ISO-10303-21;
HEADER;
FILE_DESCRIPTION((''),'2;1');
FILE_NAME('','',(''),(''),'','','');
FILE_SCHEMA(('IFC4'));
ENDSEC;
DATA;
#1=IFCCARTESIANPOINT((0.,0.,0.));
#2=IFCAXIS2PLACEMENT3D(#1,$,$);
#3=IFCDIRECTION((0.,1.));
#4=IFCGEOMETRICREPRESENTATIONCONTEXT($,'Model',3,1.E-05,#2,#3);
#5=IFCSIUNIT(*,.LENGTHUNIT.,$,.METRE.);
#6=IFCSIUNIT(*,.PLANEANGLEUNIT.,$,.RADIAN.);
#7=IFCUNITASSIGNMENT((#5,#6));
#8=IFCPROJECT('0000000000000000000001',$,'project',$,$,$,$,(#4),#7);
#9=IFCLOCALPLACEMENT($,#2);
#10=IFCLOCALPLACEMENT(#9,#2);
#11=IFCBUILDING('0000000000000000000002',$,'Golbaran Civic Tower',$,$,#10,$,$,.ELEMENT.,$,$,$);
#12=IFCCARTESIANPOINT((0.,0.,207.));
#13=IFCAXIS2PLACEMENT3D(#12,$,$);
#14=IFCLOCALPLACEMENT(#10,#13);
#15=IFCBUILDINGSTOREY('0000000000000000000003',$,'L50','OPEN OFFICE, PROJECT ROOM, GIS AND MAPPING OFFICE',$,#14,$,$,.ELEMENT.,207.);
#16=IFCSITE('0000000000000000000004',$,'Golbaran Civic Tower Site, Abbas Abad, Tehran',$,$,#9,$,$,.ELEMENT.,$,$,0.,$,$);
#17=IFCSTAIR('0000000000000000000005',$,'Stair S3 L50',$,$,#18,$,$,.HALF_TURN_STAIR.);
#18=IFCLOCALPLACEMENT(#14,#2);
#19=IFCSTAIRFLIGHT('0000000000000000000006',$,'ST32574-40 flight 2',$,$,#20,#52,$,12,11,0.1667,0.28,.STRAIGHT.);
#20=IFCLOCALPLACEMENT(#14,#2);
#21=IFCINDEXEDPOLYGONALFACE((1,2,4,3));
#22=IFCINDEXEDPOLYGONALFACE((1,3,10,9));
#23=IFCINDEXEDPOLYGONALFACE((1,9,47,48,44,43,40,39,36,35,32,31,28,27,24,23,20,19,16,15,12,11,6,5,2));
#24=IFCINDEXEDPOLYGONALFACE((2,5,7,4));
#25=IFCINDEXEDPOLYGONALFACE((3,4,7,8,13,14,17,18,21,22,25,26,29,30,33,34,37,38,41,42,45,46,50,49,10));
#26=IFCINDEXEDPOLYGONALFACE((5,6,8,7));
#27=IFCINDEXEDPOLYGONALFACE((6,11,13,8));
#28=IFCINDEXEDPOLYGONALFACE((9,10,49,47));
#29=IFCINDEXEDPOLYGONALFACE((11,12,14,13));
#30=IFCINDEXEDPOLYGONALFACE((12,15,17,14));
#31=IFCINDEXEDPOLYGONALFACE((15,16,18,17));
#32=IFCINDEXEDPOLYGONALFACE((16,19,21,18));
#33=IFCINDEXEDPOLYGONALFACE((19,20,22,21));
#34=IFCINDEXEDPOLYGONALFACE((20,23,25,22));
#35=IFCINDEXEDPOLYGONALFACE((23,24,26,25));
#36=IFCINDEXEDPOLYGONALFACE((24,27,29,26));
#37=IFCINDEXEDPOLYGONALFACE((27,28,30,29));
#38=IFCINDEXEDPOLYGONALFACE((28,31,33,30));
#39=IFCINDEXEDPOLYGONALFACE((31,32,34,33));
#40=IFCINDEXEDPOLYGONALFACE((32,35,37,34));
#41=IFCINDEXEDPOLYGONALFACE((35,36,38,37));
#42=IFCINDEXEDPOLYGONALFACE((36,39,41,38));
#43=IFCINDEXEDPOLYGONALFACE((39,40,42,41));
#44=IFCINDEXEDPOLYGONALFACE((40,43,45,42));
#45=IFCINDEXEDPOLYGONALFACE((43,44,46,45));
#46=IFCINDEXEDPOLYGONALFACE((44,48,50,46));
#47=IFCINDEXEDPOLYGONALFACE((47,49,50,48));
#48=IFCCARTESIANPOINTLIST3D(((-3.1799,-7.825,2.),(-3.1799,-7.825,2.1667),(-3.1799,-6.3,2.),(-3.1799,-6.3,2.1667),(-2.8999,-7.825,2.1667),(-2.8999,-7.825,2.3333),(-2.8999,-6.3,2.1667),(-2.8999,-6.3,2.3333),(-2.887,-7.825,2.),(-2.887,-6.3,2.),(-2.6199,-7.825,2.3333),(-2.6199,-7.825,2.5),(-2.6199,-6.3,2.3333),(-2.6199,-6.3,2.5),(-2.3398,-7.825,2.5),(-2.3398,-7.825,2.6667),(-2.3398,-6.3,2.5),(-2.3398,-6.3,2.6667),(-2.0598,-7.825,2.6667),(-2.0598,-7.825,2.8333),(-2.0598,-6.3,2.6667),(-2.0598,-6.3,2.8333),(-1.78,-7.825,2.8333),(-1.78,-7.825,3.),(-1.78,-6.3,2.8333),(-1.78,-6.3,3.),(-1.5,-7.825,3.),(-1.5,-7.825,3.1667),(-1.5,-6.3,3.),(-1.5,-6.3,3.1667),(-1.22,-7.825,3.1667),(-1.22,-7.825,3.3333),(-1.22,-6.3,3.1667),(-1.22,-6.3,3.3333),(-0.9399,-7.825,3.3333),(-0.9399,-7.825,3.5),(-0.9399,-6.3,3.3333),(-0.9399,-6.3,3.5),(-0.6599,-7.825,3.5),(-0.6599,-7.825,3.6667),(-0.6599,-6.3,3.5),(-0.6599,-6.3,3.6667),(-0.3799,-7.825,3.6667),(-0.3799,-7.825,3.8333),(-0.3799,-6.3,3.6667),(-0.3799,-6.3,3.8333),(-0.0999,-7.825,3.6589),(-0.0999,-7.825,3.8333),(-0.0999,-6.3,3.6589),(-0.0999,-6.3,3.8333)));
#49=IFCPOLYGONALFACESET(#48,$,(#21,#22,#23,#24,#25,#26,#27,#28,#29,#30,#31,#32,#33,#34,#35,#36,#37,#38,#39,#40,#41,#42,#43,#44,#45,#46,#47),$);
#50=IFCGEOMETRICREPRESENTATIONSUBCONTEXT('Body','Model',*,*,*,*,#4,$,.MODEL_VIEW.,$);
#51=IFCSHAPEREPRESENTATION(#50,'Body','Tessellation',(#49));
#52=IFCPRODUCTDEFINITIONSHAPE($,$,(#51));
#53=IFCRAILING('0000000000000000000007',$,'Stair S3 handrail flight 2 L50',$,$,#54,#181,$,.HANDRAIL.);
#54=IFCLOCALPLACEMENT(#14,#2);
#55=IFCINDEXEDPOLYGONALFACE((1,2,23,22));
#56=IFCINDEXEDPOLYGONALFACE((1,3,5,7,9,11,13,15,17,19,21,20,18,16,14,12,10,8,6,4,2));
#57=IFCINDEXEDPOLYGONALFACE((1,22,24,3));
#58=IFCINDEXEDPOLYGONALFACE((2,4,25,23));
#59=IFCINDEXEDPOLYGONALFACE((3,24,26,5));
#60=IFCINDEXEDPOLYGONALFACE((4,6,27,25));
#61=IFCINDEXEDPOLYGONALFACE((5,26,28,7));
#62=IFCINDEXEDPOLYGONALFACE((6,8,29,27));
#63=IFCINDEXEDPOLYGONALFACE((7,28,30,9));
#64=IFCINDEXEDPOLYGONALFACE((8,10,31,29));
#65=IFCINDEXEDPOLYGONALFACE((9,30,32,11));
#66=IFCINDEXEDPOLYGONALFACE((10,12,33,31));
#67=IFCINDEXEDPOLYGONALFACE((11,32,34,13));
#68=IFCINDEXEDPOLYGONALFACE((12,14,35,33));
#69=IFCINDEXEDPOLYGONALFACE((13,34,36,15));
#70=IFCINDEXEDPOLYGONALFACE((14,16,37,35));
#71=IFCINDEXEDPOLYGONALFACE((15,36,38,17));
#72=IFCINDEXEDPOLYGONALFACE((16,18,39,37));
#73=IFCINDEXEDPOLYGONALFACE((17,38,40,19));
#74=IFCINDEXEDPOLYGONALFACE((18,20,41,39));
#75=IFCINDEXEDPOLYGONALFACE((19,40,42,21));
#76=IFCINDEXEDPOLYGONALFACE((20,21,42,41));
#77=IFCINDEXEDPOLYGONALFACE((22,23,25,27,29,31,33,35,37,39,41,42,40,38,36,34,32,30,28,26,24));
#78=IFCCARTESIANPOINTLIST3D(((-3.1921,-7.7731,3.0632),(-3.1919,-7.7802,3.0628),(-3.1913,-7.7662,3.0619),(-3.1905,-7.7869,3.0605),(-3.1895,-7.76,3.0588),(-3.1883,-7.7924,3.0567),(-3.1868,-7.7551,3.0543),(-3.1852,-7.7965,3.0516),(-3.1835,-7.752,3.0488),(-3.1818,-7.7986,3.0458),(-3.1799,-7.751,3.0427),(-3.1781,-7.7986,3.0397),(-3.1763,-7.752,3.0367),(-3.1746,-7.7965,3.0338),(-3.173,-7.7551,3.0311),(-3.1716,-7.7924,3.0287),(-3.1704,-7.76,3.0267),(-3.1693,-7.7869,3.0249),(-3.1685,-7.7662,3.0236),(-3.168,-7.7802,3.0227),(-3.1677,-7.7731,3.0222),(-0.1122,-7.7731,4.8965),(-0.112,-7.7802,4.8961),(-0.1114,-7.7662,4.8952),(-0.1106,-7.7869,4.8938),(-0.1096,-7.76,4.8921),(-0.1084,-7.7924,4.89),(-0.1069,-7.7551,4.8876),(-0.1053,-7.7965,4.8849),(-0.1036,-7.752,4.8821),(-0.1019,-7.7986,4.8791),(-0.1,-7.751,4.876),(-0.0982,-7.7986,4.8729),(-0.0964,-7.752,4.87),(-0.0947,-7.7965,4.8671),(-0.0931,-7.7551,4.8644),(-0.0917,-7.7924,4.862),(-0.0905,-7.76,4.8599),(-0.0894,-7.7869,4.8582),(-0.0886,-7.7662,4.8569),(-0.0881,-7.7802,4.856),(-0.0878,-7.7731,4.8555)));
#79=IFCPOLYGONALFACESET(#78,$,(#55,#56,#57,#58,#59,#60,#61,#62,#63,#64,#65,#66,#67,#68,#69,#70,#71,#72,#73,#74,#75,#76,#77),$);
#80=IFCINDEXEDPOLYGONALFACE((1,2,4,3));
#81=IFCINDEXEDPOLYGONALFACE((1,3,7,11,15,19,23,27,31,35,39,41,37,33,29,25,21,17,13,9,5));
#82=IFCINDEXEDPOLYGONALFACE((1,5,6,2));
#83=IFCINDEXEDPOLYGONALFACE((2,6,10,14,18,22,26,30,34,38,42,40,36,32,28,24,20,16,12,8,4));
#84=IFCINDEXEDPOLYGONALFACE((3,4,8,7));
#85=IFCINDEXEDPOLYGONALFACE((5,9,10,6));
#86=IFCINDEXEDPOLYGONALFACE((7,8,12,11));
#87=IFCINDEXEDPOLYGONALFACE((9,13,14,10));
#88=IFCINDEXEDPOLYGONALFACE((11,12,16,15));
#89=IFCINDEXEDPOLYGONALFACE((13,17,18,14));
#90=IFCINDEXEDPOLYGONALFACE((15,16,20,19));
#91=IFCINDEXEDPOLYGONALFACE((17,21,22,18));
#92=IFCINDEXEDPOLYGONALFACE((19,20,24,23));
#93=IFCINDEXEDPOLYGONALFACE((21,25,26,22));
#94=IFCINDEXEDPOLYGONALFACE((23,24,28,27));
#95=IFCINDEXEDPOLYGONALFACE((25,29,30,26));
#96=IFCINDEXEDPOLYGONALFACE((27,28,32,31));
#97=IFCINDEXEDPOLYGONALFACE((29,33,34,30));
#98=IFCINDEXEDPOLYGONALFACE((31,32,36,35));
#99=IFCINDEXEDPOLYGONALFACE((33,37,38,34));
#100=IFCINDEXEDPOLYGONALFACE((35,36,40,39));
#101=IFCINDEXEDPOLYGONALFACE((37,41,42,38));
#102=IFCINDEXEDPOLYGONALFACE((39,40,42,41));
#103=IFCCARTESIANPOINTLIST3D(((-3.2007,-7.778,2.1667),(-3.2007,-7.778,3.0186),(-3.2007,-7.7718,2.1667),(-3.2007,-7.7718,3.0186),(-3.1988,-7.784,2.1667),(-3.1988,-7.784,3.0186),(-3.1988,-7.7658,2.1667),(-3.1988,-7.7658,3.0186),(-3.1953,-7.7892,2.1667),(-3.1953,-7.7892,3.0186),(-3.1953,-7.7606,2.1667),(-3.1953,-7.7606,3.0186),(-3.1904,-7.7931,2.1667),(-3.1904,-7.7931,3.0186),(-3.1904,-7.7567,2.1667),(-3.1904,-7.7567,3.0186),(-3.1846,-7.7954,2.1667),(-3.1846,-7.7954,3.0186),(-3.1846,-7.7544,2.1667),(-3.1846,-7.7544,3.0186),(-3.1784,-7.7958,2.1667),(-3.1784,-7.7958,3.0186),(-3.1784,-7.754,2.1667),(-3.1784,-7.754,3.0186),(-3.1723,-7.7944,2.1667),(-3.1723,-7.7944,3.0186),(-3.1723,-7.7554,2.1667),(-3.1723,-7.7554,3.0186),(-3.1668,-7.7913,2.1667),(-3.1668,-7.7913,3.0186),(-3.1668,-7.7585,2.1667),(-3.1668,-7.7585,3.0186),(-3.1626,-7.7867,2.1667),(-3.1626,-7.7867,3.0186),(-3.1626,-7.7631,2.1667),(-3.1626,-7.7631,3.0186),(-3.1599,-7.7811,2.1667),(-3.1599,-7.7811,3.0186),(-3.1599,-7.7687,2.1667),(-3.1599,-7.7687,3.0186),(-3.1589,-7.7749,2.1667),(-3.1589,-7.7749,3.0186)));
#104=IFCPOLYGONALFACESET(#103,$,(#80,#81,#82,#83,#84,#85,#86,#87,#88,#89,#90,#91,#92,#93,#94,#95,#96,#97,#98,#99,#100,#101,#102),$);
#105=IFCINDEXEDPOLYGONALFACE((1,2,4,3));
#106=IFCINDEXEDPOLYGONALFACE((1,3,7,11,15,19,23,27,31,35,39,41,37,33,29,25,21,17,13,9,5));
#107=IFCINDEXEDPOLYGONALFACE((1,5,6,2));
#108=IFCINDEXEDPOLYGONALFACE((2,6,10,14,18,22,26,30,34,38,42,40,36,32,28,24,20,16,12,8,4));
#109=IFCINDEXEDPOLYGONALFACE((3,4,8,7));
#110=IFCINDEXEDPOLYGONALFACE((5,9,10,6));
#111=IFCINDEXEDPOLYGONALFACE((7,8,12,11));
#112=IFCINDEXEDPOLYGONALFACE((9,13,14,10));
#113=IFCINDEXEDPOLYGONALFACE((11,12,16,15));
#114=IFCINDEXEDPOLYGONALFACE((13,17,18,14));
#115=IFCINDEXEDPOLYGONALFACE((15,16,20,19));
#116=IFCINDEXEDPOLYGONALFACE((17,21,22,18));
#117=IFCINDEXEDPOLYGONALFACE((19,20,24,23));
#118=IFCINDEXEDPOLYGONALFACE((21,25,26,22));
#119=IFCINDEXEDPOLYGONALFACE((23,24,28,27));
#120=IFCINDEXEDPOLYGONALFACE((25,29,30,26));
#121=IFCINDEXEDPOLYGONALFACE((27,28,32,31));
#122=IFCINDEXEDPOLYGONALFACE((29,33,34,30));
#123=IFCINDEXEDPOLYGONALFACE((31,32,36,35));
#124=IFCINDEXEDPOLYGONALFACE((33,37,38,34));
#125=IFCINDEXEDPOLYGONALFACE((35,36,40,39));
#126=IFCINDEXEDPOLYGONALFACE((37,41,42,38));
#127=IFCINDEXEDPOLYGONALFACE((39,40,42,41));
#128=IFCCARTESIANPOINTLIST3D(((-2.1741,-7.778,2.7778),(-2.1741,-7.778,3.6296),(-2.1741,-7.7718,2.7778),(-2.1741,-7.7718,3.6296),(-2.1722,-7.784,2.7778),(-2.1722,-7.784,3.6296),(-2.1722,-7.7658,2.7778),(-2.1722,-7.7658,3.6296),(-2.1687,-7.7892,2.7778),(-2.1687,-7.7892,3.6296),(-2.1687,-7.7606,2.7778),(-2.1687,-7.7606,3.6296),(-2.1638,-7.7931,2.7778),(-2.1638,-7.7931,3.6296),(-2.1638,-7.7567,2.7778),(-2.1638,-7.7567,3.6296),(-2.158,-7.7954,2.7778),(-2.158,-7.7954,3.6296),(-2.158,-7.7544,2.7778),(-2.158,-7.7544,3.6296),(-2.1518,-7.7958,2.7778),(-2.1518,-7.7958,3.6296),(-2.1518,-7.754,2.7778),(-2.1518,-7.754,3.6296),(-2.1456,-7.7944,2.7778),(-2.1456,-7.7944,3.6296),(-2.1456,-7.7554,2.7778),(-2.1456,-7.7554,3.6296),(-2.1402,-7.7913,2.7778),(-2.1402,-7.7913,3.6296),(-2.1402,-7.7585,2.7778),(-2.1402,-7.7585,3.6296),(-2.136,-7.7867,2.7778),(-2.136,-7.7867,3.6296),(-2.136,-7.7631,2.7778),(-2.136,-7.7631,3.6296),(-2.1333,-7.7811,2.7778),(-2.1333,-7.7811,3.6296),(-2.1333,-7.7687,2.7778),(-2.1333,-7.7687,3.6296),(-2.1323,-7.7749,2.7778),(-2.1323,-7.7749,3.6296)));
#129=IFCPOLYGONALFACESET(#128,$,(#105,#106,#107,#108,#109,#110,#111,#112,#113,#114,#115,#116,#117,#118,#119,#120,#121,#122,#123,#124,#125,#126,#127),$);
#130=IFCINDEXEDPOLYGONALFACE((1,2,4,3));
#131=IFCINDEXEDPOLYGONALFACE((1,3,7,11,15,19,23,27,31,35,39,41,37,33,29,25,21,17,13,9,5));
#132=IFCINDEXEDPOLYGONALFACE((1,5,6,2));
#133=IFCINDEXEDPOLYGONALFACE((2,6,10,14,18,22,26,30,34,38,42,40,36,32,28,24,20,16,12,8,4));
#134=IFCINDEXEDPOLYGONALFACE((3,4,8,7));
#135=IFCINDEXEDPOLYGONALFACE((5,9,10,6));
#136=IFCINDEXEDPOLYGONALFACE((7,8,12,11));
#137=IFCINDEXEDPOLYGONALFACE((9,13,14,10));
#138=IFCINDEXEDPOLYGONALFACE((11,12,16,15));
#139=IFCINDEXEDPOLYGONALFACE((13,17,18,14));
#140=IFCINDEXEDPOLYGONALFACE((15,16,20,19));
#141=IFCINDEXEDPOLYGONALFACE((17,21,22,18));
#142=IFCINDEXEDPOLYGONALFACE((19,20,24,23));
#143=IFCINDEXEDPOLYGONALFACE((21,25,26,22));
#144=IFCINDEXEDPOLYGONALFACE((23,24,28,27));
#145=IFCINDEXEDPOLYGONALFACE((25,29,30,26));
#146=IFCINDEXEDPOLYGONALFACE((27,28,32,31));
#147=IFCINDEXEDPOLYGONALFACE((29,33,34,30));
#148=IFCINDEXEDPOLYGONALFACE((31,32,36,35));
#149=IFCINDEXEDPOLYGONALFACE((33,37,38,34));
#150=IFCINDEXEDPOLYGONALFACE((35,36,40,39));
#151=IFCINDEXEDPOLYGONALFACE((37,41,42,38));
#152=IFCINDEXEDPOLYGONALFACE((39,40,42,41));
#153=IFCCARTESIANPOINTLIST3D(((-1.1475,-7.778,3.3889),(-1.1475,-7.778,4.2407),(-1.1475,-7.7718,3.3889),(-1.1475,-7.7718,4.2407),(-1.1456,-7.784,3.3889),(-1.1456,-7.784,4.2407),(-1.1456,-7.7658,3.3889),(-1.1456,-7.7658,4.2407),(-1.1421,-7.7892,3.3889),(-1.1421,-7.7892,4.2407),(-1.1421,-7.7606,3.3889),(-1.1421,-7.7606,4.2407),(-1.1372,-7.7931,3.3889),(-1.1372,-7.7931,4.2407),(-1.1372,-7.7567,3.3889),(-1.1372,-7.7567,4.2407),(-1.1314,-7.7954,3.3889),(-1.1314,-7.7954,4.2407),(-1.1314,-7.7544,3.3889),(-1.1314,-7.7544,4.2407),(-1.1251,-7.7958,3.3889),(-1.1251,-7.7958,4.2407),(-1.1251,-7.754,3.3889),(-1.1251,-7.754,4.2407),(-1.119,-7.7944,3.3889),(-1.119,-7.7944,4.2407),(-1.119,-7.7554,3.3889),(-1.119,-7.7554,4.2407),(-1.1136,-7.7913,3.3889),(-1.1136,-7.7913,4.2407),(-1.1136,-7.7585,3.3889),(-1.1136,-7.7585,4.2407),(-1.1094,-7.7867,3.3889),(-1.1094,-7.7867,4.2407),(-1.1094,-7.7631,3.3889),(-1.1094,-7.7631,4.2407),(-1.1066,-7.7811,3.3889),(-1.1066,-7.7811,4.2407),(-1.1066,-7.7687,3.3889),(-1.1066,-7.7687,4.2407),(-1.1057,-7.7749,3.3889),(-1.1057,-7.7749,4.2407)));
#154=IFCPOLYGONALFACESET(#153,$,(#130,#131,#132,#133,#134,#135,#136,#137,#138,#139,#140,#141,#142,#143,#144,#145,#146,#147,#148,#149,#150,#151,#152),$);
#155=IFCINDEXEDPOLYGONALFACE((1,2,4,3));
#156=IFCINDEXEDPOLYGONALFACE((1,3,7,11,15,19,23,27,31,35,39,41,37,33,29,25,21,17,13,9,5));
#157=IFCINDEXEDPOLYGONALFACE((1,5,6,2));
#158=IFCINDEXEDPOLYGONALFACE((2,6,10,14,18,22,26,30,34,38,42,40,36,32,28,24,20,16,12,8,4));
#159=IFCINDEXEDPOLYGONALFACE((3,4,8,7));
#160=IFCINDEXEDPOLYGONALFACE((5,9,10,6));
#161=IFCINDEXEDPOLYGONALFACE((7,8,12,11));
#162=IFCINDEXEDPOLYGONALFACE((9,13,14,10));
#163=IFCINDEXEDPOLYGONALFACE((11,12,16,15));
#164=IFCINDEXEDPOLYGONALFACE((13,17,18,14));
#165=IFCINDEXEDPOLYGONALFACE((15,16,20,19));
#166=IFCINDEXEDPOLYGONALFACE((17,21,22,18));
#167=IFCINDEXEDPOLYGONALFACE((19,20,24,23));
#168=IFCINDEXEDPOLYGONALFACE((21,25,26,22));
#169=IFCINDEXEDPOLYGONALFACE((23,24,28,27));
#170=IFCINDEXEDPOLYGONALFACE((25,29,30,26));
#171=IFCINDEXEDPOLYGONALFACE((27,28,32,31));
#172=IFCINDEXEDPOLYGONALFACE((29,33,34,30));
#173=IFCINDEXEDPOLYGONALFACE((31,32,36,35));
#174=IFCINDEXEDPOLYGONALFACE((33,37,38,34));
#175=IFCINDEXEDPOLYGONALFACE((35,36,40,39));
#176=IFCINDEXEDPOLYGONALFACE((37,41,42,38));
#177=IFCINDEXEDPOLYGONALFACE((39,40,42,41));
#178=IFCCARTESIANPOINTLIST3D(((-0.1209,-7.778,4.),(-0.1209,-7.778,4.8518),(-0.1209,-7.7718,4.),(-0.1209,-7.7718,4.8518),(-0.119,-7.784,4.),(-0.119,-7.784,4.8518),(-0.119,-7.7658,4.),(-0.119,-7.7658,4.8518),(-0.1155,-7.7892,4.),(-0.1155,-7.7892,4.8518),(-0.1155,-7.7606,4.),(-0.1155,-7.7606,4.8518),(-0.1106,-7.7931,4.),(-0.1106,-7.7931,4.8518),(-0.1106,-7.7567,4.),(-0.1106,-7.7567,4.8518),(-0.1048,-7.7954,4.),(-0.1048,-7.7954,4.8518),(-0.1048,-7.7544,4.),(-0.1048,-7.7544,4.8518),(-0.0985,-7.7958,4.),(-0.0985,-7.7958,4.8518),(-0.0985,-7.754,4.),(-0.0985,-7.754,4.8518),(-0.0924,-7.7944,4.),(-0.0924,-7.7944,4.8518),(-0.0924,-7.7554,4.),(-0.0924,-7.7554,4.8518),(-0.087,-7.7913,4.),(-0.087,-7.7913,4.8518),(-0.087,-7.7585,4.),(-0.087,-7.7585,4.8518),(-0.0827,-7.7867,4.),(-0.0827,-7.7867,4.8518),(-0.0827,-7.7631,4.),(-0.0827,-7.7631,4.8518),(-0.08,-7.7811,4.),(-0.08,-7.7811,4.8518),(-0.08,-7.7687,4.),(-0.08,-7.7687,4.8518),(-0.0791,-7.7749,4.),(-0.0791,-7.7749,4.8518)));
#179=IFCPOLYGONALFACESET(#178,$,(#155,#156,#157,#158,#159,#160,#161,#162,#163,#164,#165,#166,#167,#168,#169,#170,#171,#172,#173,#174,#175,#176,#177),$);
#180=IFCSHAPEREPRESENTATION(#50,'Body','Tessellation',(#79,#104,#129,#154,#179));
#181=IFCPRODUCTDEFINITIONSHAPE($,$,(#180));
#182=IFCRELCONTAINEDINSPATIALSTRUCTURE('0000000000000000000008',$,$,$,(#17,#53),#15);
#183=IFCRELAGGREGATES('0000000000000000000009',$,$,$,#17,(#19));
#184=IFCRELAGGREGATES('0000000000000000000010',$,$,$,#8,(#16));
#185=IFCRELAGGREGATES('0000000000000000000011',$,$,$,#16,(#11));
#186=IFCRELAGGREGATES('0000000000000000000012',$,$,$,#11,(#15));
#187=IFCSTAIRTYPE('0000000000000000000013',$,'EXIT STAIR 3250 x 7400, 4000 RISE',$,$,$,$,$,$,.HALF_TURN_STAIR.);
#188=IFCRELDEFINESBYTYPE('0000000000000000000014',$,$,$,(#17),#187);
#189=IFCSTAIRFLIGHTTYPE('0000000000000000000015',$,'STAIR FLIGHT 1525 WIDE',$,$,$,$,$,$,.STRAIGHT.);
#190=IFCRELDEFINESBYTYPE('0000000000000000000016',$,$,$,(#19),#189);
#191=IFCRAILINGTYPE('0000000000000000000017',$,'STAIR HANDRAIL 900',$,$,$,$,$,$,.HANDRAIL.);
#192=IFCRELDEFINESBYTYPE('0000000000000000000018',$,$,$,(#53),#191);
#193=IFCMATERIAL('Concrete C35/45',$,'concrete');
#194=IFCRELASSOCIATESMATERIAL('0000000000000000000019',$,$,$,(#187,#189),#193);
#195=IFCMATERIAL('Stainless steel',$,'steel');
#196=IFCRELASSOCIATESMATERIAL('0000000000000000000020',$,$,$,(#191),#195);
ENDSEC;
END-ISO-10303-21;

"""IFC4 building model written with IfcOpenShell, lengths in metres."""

from ifc_helpers import new_model, si_unit, direction, frame, origin, origin_2d, place, context, subcontext, project, spatial, polyline, circle, outline, extrude, material, type_object, element, aggregate, save


model = new_model("IFC4")

# Units and contexts
model_context = context("Model", 3, precision=1e-05, world=origin(), true_north=direction((0.0, 1.0)))
body_context = subcontext(model_context, "Body", "Model", "MODEL_VIEW")
ifc_project = project(units=[si_unit("LENGTHUNIT", "METRE"), si_unit("PLANEANGLEUNIT", "RADIAN")], contexts=[model_context])

# Site, building, storey
site_placement = place(None, origin())
site = spatial("IfcSite", under=ifc_project, at=site_placement, Name="Golbaran Civic Tower Site, Abbas Abad, Tehran", CompositionType="ELEMENT", RefElevation=0.0)
building_placement = place(site_placement, origin())
building = spatial("IfcBuilding", under=site, at=building_placement, Name="Golbaran Civic Tower", CompositionType="ELEMENT")
storey_placement = place(building_placement, frame((0.0, 0.0, 207.0)))
storey = spatial("IfcBuildingStorey", under=building, at=storey_placement, Name="L50", Description="OPEN OFFICE, PROJECT ROOM, GIS AND MAPPING OFFICE", CompositionType="ELEMENT", Elevation=207.0)

# Shared definitions
ifc_material_1 = material(Name="Stainless steel", Category="steel")

# Stair, stair flight
ifc_material_2 = material(Name="Concrete C35/45", Category="concrete")
stair_type = type_object("IfcStairType", Name="EXIT STAIR 3250 x 7400, 4000 RISE", PredefinedType="HALF_TURN_STAIR", material=ifc_material_2)
stair_placement = place(storey_placement, origin())
stair = element("IfcStair", 1, at=stair_placement, inside=storey, type_object=stair_type, Name="Stair S3 L50", PredefinedType="HALF_TURN_STAIR")
stair_flight_type = type_object("IfcStairFlightType", Name="STAIR FLIGHT 1525 WIDE", PredefinedType="STRAIGHT", material=ifc_material_2)
stair_flight_placement = place(storey_placement, frame((-3.1799, -7.0625, 2.0), z_axis=(0.0, 0.0, 1.0), x_axis=(1.0, 0.0, 0.0)))
stair_flight = element("IfcStairFlight", 2, at=stair_flight_placement, type_object=stair_flight_type, Name="ST32574-40 flight 2", NumberOfRisers=12, NumberOfTreads=11, PredefinedType="STRAIGHT", RiserHeight=0.1667, TreadLength=0.28, context=body_context, shape_type="SweptSolid", body=[
    extrude(outline(polyline([(0.0, 0.0), (0.0, 0.1667), (0.28, 0.1667), (0.28, 0.3333), (0.5601, 0.3333), (0.5601, 0.5), (0.8401, 0.5), (0.8401, 0.6667), (1.1201, 0.6667), (1.1201, 0.8333), (1.3999, 0.8333), (1.3999, 1.0), (1.6799, 1.0), (1.6799, 1.1667), (1.96, 1.1667), (1.96, 1.3333), (2.24, 1.3333), (2.24, 1.5), (2.52, 1.5), (2.52, 1.6667), (2.8, 1.6667), (2.8, 1.8333), (3.0801, 1.8333), (3.0801, 2.0), (3.0801, 1.6589), (0.293, 0.0), (0.0, 0.0)])), frame((0.0, 0.7625, 0.0), z_axis=(0.0, -1.0, 0.0), x_axis=(1.0, 0.0, 0.0)), (0.0, 0.0, 1.0), 1.5249),
])
aggregate(stair, [stair_flight])

# Railing
railing_type = type_object("IfcRailingType", Name="STAIR HANDRAIL 900", PredefinedType="HANDRAIL", material=ifc_material_1)
railing_placement = place(storey_placement, frame((-3.1799, -7.7749, 2.1667)))
element("IfcRailing", 3, at=railing_placement, inside=storey, type_object=railing_type, Name="Stair S3 handrail flight 2 L50", PredefinedType="HANDRAIL", context=body_context, shape_type="SweptSolid", body=[
    extrude(circle(Radius=0.0239, at=origin_2d()), frame((0.0, 0.0, 0.876), z_axis=(0.859291, 0.0, 0.511487), x_axis=(0.0, 1.0, 0.0)), (0.0, 0.0, 1.0), 3.5842),
    extrude(circle(Radius=0.021, at=origin_2d()), origin(), (0.0, 0.0, 1.0), 0.8518),
    extrude(circle(Radius=0.021, at=origin_2d()), frame((1.0266, 0.0, 0.6111)), (0.0, 0.0, 1.0), 0.8518),
    extrude(circle(Radius=0.021, at=origin_2d()), frame((2.0532, 0.0, 1.2222)), (0.0, 0.0, 1.0), 0.8518),
    extrude(circle(Radius=0.021, at=origin_2d()), frame((3.0798, 0.0, 1.8333)), (0.0, 0.0, 1.0), 0.8518),
])

save(model, "model.ifc")
